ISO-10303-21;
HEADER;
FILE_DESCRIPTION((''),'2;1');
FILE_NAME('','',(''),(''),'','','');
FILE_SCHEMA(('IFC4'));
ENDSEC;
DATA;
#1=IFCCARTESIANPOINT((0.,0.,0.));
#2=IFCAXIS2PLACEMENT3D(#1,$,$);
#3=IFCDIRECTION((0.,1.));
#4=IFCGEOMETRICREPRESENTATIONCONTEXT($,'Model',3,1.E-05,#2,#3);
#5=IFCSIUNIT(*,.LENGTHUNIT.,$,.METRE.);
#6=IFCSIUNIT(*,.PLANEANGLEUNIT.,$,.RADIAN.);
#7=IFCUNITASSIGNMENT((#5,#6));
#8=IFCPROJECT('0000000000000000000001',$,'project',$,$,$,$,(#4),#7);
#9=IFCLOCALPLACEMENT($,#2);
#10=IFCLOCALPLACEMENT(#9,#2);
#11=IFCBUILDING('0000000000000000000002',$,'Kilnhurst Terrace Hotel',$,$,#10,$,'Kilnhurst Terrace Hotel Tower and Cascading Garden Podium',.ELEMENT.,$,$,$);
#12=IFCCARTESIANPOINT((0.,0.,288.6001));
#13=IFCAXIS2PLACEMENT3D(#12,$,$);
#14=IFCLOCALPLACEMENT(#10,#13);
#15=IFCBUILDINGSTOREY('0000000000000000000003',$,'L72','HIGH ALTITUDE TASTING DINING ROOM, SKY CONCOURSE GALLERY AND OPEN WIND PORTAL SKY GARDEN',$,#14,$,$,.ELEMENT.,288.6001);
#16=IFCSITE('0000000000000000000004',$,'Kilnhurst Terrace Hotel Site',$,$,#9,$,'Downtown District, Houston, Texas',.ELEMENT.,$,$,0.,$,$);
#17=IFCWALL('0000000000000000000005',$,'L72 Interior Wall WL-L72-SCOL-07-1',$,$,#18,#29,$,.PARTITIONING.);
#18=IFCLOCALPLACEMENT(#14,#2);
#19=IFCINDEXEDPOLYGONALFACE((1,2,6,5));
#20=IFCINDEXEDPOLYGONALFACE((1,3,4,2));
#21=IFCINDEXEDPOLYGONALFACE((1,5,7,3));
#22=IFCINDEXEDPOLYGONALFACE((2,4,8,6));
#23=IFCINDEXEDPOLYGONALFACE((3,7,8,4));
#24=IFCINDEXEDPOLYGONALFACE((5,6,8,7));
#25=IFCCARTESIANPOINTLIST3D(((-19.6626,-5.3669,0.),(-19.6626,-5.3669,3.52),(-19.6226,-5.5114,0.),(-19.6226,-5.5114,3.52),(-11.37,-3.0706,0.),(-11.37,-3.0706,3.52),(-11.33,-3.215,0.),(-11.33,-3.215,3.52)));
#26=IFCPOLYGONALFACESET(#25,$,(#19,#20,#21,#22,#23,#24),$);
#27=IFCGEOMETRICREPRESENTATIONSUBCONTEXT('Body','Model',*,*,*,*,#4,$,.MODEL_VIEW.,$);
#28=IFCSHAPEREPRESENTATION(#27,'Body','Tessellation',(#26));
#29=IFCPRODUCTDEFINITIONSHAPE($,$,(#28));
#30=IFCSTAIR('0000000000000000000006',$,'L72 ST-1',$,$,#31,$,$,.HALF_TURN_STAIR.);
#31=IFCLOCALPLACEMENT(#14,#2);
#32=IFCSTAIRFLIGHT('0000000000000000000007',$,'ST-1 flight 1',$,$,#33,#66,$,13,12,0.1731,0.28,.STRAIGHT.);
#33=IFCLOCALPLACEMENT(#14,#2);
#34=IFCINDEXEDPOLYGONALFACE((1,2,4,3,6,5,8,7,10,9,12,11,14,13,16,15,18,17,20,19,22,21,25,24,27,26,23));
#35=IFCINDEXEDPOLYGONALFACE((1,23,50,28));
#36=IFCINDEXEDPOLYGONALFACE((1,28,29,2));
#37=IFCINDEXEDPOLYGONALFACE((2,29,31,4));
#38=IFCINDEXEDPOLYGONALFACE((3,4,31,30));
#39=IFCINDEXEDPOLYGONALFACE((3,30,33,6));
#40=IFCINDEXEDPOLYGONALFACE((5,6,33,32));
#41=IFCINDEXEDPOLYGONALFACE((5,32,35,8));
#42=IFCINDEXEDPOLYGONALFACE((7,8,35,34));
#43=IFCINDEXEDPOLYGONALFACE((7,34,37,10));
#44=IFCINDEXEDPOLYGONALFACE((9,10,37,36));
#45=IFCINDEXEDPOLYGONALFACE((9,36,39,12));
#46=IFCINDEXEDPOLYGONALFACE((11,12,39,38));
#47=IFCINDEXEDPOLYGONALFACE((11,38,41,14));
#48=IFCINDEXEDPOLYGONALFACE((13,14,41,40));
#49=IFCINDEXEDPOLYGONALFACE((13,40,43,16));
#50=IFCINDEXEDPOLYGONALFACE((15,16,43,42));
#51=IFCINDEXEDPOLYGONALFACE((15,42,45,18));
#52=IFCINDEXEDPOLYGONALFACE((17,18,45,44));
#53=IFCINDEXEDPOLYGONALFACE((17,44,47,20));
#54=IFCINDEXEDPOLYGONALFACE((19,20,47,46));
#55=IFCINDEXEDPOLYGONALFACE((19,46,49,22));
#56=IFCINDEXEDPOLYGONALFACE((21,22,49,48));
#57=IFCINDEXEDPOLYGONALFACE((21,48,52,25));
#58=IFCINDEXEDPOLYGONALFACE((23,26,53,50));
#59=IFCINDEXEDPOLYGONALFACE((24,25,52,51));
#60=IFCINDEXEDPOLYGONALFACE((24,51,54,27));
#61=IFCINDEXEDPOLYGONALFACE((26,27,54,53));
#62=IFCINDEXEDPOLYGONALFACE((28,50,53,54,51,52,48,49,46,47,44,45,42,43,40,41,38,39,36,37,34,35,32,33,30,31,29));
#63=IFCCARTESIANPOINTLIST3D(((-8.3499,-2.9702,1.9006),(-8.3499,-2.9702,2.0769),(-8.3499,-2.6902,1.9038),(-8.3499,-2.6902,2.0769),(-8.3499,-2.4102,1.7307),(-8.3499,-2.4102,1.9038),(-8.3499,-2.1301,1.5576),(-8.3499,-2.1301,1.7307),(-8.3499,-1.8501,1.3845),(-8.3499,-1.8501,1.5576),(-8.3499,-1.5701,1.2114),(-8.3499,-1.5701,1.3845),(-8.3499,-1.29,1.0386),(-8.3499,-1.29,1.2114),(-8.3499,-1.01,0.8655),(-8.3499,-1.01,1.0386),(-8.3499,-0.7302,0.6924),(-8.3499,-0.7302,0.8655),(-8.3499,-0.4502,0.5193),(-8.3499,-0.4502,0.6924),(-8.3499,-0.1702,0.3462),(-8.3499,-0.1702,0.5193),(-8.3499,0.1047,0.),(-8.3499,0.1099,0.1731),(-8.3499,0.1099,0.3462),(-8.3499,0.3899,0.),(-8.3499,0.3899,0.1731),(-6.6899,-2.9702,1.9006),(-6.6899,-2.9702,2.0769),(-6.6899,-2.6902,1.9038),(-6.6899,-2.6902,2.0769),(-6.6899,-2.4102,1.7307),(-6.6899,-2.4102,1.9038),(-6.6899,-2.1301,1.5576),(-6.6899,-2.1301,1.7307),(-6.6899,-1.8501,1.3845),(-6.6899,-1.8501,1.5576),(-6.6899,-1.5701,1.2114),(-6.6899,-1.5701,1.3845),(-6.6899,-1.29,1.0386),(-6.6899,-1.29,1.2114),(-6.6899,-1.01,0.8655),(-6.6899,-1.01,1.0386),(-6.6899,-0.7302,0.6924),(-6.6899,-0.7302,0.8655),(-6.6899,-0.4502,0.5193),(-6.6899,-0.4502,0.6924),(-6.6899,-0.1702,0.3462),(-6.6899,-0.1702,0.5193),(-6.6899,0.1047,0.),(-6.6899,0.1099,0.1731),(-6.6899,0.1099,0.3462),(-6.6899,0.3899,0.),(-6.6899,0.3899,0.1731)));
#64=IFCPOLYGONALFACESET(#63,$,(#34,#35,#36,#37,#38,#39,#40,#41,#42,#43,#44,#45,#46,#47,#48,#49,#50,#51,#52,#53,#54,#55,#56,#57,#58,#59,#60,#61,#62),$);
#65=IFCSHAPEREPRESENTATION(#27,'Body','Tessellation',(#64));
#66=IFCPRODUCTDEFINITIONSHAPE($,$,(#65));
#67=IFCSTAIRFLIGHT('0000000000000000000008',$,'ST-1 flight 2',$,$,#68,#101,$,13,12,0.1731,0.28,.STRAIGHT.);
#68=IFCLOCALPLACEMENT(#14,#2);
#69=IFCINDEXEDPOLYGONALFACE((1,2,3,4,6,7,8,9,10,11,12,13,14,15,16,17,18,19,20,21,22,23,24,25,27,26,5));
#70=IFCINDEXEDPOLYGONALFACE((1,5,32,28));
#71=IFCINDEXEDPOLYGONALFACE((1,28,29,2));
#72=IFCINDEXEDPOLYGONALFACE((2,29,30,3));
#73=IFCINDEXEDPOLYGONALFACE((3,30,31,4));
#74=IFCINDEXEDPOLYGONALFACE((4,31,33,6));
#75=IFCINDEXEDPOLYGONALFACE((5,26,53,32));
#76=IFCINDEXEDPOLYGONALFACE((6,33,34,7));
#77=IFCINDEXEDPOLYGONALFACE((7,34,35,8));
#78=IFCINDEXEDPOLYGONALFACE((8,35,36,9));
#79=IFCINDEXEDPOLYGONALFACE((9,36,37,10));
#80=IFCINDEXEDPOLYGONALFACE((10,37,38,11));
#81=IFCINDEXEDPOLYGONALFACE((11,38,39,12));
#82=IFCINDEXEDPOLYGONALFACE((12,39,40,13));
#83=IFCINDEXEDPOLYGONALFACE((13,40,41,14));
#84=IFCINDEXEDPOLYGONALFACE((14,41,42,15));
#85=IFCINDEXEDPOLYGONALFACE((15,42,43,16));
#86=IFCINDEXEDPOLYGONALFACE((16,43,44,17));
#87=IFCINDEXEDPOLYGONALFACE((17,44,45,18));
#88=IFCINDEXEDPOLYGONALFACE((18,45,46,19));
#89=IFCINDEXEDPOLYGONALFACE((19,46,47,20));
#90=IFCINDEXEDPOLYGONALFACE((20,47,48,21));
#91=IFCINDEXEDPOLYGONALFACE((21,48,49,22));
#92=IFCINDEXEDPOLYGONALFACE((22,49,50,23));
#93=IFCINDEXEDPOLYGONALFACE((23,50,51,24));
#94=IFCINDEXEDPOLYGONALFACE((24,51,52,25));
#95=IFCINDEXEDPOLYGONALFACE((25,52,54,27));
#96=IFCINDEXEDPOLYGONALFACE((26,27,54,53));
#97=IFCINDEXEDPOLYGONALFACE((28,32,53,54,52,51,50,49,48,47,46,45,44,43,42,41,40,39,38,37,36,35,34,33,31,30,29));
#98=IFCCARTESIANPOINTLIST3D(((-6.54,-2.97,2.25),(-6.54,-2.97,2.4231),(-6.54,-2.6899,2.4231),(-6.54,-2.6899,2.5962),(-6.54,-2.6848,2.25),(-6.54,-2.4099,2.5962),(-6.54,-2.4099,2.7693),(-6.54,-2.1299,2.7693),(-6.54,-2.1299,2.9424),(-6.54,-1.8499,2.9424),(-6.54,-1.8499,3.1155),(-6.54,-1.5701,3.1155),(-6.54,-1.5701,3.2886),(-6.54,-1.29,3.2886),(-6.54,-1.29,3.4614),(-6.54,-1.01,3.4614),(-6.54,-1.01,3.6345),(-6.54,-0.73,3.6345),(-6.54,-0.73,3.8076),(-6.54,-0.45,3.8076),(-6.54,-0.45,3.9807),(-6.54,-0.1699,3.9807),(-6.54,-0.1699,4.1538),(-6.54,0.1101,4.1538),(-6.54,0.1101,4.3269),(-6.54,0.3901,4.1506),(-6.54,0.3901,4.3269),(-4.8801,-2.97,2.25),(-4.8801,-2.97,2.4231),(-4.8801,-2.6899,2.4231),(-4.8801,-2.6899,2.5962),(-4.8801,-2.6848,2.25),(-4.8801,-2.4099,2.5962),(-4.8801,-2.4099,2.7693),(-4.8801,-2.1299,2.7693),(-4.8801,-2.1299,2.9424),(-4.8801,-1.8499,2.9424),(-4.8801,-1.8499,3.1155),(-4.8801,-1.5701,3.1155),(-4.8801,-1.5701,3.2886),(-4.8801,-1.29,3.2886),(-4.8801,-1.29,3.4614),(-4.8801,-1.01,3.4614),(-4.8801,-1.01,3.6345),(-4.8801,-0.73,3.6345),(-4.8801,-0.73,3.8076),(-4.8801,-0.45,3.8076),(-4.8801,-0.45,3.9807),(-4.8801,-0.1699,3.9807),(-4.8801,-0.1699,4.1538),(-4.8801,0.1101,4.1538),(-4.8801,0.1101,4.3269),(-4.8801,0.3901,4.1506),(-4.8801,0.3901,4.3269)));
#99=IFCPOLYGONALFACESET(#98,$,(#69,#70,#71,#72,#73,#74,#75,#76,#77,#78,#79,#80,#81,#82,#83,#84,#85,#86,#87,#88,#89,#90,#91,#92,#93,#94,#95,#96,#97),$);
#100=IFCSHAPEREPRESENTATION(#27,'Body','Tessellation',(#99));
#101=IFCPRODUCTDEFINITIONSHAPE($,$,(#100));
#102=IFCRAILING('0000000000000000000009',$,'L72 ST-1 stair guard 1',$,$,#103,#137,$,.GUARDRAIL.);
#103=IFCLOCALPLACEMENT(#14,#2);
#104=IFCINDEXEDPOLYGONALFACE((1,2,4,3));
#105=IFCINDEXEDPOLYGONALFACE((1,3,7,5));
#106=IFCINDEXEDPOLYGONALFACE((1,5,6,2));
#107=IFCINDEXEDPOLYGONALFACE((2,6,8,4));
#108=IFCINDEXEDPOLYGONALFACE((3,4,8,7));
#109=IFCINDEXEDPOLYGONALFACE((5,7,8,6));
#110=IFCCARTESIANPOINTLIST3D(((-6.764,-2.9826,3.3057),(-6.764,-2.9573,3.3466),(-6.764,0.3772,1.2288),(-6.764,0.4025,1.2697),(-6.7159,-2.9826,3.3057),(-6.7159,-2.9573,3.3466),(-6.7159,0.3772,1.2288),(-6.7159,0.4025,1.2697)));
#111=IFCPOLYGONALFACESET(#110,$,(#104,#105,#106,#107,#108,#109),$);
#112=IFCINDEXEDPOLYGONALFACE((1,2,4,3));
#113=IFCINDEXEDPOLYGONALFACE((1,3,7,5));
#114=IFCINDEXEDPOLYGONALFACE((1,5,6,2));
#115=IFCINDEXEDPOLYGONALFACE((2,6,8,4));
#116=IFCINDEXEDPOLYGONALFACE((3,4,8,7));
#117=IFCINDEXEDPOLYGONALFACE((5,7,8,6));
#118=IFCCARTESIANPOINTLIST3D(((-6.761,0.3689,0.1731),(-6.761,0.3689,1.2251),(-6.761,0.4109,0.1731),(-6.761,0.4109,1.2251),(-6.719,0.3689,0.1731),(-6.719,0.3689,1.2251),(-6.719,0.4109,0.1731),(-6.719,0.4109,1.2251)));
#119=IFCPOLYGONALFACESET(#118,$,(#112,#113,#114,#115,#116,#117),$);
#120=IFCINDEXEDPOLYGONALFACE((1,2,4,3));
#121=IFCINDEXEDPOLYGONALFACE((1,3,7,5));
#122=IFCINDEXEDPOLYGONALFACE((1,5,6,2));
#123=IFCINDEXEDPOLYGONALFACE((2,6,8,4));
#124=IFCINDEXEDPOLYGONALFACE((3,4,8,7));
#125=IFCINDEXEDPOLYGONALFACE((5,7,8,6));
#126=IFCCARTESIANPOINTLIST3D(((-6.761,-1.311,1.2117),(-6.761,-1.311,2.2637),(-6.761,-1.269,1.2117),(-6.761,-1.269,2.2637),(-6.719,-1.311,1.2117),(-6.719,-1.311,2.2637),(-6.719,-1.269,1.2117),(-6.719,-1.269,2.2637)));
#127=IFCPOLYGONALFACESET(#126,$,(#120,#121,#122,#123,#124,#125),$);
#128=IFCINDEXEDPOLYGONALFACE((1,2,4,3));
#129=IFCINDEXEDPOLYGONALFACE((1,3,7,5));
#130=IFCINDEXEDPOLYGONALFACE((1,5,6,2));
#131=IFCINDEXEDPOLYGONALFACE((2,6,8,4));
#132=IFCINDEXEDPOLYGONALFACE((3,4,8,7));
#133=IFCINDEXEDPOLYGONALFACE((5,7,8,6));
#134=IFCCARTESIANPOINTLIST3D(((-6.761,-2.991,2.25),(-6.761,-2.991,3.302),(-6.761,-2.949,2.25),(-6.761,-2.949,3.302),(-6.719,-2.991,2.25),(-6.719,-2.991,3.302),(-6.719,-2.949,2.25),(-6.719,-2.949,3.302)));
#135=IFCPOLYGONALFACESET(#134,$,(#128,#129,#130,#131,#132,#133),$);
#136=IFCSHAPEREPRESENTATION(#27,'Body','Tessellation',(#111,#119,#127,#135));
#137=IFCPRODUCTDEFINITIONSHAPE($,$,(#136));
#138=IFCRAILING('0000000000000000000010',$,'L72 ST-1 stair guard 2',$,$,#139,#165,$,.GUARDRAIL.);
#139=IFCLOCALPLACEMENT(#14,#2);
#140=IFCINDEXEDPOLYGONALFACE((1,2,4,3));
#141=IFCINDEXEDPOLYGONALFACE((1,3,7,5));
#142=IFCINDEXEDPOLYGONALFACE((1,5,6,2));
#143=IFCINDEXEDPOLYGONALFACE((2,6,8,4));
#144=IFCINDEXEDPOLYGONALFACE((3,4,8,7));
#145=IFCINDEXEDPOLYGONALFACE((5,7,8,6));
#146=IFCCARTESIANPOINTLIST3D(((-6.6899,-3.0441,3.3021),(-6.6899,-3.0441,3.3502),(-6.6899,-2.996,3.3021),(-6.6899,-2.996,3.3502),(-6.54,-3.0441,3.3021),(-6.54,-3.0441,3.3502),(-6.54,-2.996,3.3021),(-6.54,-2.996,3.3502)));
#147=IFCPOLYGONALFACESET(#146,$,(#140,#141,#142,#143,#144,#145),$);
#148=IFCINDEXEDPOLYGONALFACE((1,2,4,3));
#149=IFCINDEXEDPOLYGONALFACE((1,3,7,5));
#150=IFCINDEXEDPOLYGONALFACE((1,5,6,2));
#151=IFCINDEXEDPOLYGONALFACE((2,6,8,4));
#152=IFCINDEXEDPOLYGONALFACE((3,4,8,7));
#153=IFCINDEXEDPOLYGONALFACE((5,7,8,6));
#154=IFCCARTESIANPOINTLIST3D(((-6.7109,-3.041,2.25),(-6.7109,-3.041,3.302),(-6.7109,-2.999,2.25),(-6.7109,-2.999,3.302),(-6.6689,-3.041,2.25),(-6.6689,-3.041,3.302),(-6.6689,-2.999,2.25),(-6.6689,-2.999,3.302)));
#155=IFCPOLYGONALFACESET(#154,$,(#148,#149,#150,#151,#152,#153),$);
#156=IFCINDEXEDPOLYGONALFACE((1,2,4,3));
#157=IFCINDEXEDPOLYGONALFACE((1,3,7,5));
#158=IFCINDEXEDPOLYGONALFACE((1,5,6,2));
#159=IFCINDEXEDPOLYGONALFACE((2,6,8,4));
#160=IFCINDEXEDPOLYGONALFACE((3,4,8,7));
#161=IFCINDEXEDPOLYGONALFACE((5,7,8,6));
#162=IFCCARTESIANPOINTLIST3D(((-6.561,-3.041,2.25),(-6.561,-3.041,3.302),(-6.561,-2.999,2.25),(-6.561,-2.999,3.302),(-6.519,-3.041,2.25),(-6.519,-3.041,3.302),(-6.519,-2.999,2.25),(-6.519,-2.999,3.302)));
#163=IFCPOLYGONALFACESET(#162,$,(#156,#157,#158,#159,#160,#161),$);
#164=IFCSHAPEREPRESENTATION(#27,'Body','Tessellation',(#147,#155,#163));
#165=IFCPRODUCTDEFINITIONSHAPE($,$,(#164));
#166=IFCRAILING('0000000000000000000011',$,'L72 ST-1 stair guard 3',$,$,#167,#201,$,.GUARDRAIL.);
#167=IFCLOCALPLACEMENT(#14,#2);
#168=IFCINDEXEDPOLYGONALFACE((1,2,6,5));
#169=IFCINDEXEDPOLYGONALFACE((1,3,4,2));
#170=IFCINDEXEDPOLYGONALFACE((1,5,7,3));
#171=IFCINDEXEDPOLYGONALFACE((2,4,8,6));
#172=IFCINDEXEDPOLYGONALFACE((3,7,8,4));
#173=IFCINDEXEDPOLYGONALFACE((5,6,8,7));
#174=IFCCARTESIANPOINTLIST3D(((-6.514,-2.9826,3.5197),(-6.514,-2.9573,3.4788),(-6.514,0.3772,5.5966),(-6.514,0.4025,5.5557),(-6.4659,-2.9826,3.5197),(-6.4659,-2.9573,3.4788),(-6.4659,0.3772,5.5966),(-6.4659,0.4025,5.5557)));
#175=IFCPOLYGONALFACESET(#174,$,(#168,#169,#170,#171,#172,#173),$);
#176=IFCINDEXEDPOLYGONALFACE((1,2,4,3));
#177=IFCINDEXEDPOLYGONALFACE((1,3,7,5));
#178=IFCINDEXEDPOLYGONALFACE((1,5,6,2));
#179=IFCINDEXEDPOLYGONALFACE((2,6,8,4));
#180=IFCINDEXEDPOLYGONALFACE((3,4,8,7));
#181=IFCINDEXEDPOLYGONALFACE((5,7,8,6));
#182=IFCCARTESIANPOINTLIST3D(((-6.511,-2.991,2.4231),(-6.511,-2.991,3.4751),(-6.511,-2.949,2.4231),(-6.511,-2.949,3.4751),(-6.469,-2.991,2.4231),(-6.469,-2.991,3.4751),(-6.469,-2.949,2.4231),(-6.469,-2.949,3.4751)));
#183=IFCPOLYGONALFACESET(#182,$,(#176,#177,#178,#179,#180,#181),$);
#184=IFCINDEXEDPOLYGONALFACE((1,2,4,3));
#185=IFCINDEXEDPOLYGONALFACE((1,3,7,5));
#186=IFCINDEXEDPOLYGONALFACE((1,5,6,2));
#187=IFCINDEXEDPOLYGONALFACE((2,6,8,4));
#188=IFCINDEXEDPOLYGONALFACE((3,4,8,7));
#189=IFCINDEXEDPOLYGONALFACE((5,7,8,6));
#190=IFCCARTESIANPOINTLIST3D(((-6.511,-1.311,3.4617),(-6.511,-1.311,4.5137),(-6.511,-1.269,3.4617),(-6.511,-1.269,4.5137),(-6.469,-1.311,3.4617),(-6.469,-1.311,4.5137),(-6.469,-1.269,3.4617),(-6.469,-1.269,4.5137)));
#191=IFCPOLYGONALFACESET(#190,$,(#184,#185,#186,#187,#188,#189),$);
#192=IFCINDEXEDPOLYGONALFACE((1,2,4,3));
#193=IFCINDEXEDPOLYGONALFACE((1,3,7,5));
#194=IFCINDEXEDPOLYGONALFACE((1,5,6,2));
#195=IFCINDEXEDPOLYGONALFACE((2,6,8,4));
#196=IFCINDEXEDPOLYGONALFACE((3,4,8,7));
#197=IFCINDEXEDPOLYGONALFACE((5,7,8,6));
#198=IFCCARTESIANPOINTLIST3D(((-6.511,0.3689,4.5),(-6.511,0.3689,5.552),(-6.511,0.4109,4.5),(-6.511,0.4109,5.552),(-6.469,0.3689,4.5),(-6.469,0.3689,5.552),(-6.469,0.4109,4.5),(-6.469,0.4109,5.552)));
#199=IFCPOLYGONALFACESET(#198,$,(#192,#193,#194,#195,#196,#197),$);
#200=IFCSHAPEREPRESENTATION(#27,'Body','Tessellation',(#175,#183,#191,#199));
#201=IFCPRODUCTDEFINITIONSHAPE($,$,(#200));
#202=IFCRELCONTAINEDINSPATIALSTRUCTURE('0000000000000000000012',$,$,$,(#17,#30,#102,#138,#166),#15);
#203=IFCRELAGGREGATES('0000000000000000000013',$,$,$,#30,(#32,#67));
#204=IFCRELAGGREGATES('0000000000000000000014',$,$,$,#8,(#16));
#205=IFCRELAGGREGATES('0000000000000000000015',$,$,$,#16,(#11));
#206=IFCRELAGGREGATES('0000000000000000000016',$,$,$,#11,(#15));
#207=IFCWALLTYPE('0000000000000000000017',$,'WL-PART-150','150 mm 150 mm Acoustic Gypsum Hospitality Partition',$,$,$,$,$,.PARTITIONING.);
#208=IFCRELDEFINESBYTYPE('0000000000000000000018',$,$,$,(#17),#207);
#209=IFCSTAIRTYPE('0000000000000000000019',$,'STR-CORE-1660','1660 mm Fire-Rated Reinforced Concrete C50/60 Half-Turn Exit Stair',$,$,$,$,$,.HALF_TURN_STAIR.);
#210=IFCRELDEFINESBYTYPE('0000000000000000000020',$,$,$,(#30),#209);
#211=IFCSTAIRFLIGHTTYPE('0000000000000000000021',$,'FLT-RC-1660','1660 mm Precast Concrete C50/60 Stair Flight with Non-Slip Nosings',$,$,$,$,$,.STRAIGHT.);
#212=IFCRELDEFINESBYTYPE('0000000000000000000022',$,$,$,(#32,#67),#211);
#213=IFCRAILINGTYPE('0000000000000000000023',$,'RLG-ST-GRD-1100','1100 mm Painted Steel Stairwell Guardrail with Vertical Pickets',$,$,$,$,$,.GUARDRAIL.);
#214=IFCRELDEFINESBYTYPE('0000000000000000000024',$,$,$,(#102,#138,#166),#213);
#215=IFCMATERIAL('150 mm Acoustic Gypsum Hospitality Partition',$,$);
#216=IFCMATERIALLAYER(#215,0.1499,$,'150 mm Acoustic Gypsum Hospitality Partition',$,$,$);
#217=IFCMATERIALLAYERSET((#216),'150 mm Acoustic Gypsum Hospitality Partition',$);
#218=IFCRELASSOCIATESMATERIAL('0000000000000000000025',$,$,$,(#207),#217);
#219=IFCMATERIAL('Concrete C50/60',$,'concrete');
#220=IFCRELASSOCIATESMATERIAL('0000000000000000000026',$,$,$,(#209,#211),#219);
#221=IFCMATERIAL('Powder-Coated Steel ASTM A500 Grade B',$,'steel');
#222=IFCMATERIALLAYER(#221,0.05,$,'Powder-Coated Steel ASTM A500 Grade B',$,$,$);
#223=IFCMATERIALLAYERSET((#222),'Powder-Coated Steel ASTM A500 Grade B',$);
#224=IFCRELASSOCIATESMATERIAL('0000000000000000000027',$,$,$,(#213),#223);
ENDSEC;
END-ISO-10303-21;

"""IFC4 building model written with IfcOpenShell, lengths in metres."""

from ifc_helpers import new_model, si_unit, direction, frame, frame_2d, origin, origin_2d, place, context, subcontext, project, spatial, polyline, rectangle, outline, extrude, material, layer, layer_set, type_object, element, aggregate, save


model = new_model("IFC4")

# Units and contexts
model_context = context("Model", 3, precision=1e-05, world=origin(), true_north=direction((0.0, 1.0)))
body_context = subcontext(model_context, "Body", "Model", "MODEL_VIEW")
ifc_project = project(units=[si_unit("LENGTHUNIT", "METRE"), si_unit("PLANEANGLEUNIT", "RADIAN")], contexts=[model_context])

# Site, building, storey
site_placement = place(None, origin())
site = spatial("IfcSite", under=ifc_project, at=site_placement, Name="Kilnhurst Terrace Hotel Site", LongName="Downtown District, Houston, Texas", CompositionType="ELEMENT", RefElevation=0.0)
building_placement = place(site_placement, origin())
building = spatial("IfcBuilding", under=site, at=building_placement, Name="Kilnhurst Terrace Hotel", LongName="Kilnhurst Terrace Hotel Tower and Cascading Garden Podium", CompositionType="ELEMENT")
storey_placement = place(building_placement, frame((0.0, 0.0, 288.6001)))
storey = spatial("IfcBuildingStorey", under=building, at=storey_placement, Name="L72", Description="HIGH ALTITUDE TASTING DINING ROOM, SKY CONCOURSE GALLERY AND OPEN WIND PORTAL SKY GARDEN", CompositionType="ELEMENT", Elevation=288.6001)

# Shared definitions
ifc_material_1 = material(Name="Concrete C50/60", Category="concrete")

# Wall
ifc_material_2 = material(Name="150 mm Acoustic Gypsum Hospitality Partition")
ifc_layer_1 = layer(ifc_material_2, 0.1499, Name="150 mm Acoustic Gypsum Hospitality Partition")
ifc_layer_set_1 = layer_set([ifc_layer_1], Name="150 mm Acoustic Gypsum Hospitality Partition")
wall_type_1 = type_object("IfcWallType", Name="WL-PART-150", Description="150 mm 150 mm Acoustic Gypsum Hospitality Partition", PredefinedType="PARTITIONING", material=ifc_layer_set_1)
wall_1_placement = place(storey_placement, frame((-11.3501, -3.1428, 0.0), z_axis=(0.0, 0.0, 1.0), x_axis=(-0.963732, -0.266873, 0.0)))
element("IfcWall", 1, at=wall_1_placement, inside=storey, type_object=wall_type_1, Name="L72 Interior Wall WL-L72-SCOL-07-1", PredefinedType="PARTITIONING", context=body_context, shape_type="SweptSolid", body=[
    extrude(rectangle(XDim=8.6047, YDim=0.1499, at=frame_2d((4.3022, 0.0))), origin(), (0.0, 0.0, 1.0), 3.52),
])

# Stair, stair flights
stair_type = type_object("IfcStairType", Name="STR-CORE-1660", Description="1660 mm Fire-Rated Reinforced Concrete C50/60 Half-Turn Exit Stair", PredefinedType="HALF_TURN_STAIR", material=ifc_material_1)
stair_placement = place(storey_placement, origin())
stair = element("IfcStair", 2, at=stair_placement, inside=storey, type_object=stair_type, Name="L72 ST-1", PredefinedType="HALF_TURN_STAIR")
stair_flight_type = type_object("IfcStairFlightType", Name="FLT-RC-1660", Description="1660 mm Precast Concrete C50/60 Stair Flight with Non-Slip Nosings", PredefinedType="STRAIGHT", material=ifc_material_1)
stair_flight_1_placement = place(storey_placement, frame((-7.52, 0.3899, 0.0), z_axis=(0.0, 0.0, 1.0), x_axis=(0.0, -1.0, 0.0)))
stair_flight_1 = element("IfcStairFlight", 3, at=stair_flight_1_placement, type_object=stair_flight_type, Name="ST-1 flight 1", NumberOfRisers=13, NumberOfTreads=12, PredefinedType="STRAIGHT", RiserHeight=0.1731, TreadLength=0.28, context=body_context, shape_type="SweptSolid", body=[
    extrude(outline(polyline([(0.0, 0.0), (0.0, 0.1731), (0.28, 0.1731), (0.28, 0.3462), (0.5601, 0.3462), (0.5601, 0.5193), (0.8401, 0.5193), (0.8401, 0.6924), (1.1201, 0.6924), (1.1201, 0.8655), (1.3999, 0.8655), (1.3999, 1.0386), (1.6799, 1.0386), (1.6799, 1.2114), (1.96, 1.2114), (1.96, 1.3845), (2.24, 1.3845), (2.24, 1.5576), (2.52, 1.5576), (2.52, 1.7307), (2.8, 1.7307), (2.8, 1.9038), (3.0801, 1.9038), (3.0801, 2.0769), (3.3601, 2.0769), (3.3601, 2.25), (3.3601, 1.9006), (0.2852, 0.0), (0.0, 0.0)])), frame((0.0, 0.8301, 0.0), z_axis=(0.0, -1.0, 0.0), x_axis=(1.0, 0.0, 0.0)), (0.0, 0.0, 1.0), 1.6599),
])
stair_flight_2_placement = place(storey_placement, frame((-5.71, -2.97, 2.25), z_axis=(0.0, 0.0, 1.0), x_axis=(0.0, 1.0, 0.0)))
stair_flight_2 = element("IfcStairFlight", 4, at=stair_flight_2_placement, type_object=stair_flight_type, Name="ST-1 flight 2", NumberOfRisers=13, NumberOfTreads=12, PredefinedType="STRAIGHT", RiserHeight=0.1731, TreadLength=0.28, context=body_context, shape_type="SweptSolid", body=[
    extrude(outline(polyline([(0.0, 0.0), (0.0, 0.1731), (0.28, 0.1731), (0.28, 0.3462), (0.5601, 0.3462), (0.5601, 0.5193), (0.8401, 0.5193), (0.8401, 0.6924), (1.1201, 0.6924), (1.1201, 0.8655), (1.3999, 0.8655), (1.3999, 1.0386), (1.6799, 1.0386), (1.6799, 1.2114), (1.96, 1.2114), (1.96, 1.3845), (2.24, 1.3845), (2.24, 1.5576), (2.52, 1.5576), (2.52, 1.7307), (2.8, 1.7307), (2.8, 1.9038), (3.0801, 1.9038), (3.0801, 2.0769), (3.3601, 2.0769), (3.3601, 2.25), (3.3601, 1.9006), (0.2852, 0.0), (0.0, 0.0)])), frame((0.0, 0.8301, 0.0), z_axis=(0.0, -1.0, 0.0), x_axis=(1.0, 0.0, 0.0)), (0.0, 0.0, 1.0), 1.6599),
])
aggregate(stair, [stair_flight_1, stair_flight_2])

# Railings
ifc_material_3 = material(Name="Powder-Coated Steel ASTM A500 Grade B", Category="steel")
ifc_layer_2 = layer(ifc_material_3, 0.05, Name="Powder-Coated Steel ASTM A500 Grade B")
ifc_layer_set_2 = layer_set([ifc_layer_2], Name="Powder-Coated Steel ASTM A500 Grade B")
railing_type_1 = type_object("IfcRailingType", Name="RLG-ST-GRD-1100", Description="1100 mm Painted Steel Stairwell Guardrail with Vertical Pickets", PredefinedType="GUARDRAIL", material=ifc_layer_set_2)
railing_1_placement = place(storey_placement, frame((-6.74, 0.3899, 0.1731)))
element("IfcRailing", 5, at=railing_1_placement, inside=storey, type_object=railing_type_1, Name="L72 ST-1 stair guard 1", PredefinedType="GUARDRAIL", context=body_context, shape_type="SweptSolid", body=[
    extrude(rectangle(XDim=0.0481, YDim=0.0481, at=origin_2d()), frame((0.0, 0.0, 1.0762), z_axis=(0.0, -0.850606, 0.525803), x_axis=(1.0, 0.0, 0.0)), (0.0, 0.0, 1.0), 3.95),
    extrude(rectangle(XDim=0.042, YDim=0.042, at=origin_2d()), origin(), (0.0, 0.0, 1.0), 1.052),
    extrude(rectangle(XDim=0.042, YDim=0.042, at=origin_2d()), frame((0.0, -1.6799, 1.0386)), (0.0, 0.0, 1.0), 1.052),
    extrude(rectangle(XDim=0.042, YDim=0.042, at=origin_2d()), frame((0.0, -3.3599, 2.0769)), (0.0, 0.0, 1.0), 1.052),
])
railing_2_placement = place(storey_placement, frame((-6.6899, -3.02, 2.25)))
element("IfcRailing", 6, at=railing_2_placement, inside=storey, type_object=railing_type_1, Name="L72 ST-1 stair guard 2", PredefinedType="GUARDRAIL", context=body_context, shape_type="SweptSolid", body=[
    extrude(rectangle(XDim=0.0481, YDim=0.0481, at=origin_2d()), frame((0.0, 0.0, 1.0762), z_axis=(1.0, 0.0, 0.0), x_axis=(0.0, 1.0, 0.0)), (0.0, 0.0, 1.0), 0.1499),
    extrude(rectangle(XDim=0.042, YDim=0.042, at=origin_2d()), origin(), (0.0, 0.0, 1.0), 1.052),
    extrude(rectangle(XDim=0.042, YDim=0.042, at=origin_2d()), frame((0.1499, 0.0, 0.0)), (0.0, 0.0, 1.0), 1.052),
])
railing_3_placement = place(storey_placement, frame((-6.49, -2.97, 2.4231)))
element("IfcRailing", 7, at=railing_3_placement, inside=storey, type_object=railing_type_1, Name="L72 ST-1 stair guard 3", PredefinedType="GUARDRAIL", context=body_context, shape_type="SweptSolid", body=[
    extrude(rectangle(XDim=0.0481, YDim=0.0481, at=origin_2d()), frame((0.0, 0.0, 1.0762), z_axis=(0.0, 0.850606, 0.525803), x_axis=(-1.0, 0.0, 0.0)), (0.0, 0.0, 1.0), 3.95),
    extrude(rectangle(XDim=0.042, YDim=0.042, at=origin_2d()), origin(), (0.0, 0.0, 1.0), 1.052),
    extrude(rectangle(XDim=0.042, YDim=0.042, at=origin_2d()), frame((0.0, 1.6799, 1.0386)), (0.0, 0.0, 1.0), 1.052),
    extrude(rectangle(XDim=0.042, YDim=0.042, at=origin_2d()), frame((0.0, 3.3599, 2.0769)), (0.0, 0.0, 1.0), 1.052),
])

save(model, "model.ifc")
